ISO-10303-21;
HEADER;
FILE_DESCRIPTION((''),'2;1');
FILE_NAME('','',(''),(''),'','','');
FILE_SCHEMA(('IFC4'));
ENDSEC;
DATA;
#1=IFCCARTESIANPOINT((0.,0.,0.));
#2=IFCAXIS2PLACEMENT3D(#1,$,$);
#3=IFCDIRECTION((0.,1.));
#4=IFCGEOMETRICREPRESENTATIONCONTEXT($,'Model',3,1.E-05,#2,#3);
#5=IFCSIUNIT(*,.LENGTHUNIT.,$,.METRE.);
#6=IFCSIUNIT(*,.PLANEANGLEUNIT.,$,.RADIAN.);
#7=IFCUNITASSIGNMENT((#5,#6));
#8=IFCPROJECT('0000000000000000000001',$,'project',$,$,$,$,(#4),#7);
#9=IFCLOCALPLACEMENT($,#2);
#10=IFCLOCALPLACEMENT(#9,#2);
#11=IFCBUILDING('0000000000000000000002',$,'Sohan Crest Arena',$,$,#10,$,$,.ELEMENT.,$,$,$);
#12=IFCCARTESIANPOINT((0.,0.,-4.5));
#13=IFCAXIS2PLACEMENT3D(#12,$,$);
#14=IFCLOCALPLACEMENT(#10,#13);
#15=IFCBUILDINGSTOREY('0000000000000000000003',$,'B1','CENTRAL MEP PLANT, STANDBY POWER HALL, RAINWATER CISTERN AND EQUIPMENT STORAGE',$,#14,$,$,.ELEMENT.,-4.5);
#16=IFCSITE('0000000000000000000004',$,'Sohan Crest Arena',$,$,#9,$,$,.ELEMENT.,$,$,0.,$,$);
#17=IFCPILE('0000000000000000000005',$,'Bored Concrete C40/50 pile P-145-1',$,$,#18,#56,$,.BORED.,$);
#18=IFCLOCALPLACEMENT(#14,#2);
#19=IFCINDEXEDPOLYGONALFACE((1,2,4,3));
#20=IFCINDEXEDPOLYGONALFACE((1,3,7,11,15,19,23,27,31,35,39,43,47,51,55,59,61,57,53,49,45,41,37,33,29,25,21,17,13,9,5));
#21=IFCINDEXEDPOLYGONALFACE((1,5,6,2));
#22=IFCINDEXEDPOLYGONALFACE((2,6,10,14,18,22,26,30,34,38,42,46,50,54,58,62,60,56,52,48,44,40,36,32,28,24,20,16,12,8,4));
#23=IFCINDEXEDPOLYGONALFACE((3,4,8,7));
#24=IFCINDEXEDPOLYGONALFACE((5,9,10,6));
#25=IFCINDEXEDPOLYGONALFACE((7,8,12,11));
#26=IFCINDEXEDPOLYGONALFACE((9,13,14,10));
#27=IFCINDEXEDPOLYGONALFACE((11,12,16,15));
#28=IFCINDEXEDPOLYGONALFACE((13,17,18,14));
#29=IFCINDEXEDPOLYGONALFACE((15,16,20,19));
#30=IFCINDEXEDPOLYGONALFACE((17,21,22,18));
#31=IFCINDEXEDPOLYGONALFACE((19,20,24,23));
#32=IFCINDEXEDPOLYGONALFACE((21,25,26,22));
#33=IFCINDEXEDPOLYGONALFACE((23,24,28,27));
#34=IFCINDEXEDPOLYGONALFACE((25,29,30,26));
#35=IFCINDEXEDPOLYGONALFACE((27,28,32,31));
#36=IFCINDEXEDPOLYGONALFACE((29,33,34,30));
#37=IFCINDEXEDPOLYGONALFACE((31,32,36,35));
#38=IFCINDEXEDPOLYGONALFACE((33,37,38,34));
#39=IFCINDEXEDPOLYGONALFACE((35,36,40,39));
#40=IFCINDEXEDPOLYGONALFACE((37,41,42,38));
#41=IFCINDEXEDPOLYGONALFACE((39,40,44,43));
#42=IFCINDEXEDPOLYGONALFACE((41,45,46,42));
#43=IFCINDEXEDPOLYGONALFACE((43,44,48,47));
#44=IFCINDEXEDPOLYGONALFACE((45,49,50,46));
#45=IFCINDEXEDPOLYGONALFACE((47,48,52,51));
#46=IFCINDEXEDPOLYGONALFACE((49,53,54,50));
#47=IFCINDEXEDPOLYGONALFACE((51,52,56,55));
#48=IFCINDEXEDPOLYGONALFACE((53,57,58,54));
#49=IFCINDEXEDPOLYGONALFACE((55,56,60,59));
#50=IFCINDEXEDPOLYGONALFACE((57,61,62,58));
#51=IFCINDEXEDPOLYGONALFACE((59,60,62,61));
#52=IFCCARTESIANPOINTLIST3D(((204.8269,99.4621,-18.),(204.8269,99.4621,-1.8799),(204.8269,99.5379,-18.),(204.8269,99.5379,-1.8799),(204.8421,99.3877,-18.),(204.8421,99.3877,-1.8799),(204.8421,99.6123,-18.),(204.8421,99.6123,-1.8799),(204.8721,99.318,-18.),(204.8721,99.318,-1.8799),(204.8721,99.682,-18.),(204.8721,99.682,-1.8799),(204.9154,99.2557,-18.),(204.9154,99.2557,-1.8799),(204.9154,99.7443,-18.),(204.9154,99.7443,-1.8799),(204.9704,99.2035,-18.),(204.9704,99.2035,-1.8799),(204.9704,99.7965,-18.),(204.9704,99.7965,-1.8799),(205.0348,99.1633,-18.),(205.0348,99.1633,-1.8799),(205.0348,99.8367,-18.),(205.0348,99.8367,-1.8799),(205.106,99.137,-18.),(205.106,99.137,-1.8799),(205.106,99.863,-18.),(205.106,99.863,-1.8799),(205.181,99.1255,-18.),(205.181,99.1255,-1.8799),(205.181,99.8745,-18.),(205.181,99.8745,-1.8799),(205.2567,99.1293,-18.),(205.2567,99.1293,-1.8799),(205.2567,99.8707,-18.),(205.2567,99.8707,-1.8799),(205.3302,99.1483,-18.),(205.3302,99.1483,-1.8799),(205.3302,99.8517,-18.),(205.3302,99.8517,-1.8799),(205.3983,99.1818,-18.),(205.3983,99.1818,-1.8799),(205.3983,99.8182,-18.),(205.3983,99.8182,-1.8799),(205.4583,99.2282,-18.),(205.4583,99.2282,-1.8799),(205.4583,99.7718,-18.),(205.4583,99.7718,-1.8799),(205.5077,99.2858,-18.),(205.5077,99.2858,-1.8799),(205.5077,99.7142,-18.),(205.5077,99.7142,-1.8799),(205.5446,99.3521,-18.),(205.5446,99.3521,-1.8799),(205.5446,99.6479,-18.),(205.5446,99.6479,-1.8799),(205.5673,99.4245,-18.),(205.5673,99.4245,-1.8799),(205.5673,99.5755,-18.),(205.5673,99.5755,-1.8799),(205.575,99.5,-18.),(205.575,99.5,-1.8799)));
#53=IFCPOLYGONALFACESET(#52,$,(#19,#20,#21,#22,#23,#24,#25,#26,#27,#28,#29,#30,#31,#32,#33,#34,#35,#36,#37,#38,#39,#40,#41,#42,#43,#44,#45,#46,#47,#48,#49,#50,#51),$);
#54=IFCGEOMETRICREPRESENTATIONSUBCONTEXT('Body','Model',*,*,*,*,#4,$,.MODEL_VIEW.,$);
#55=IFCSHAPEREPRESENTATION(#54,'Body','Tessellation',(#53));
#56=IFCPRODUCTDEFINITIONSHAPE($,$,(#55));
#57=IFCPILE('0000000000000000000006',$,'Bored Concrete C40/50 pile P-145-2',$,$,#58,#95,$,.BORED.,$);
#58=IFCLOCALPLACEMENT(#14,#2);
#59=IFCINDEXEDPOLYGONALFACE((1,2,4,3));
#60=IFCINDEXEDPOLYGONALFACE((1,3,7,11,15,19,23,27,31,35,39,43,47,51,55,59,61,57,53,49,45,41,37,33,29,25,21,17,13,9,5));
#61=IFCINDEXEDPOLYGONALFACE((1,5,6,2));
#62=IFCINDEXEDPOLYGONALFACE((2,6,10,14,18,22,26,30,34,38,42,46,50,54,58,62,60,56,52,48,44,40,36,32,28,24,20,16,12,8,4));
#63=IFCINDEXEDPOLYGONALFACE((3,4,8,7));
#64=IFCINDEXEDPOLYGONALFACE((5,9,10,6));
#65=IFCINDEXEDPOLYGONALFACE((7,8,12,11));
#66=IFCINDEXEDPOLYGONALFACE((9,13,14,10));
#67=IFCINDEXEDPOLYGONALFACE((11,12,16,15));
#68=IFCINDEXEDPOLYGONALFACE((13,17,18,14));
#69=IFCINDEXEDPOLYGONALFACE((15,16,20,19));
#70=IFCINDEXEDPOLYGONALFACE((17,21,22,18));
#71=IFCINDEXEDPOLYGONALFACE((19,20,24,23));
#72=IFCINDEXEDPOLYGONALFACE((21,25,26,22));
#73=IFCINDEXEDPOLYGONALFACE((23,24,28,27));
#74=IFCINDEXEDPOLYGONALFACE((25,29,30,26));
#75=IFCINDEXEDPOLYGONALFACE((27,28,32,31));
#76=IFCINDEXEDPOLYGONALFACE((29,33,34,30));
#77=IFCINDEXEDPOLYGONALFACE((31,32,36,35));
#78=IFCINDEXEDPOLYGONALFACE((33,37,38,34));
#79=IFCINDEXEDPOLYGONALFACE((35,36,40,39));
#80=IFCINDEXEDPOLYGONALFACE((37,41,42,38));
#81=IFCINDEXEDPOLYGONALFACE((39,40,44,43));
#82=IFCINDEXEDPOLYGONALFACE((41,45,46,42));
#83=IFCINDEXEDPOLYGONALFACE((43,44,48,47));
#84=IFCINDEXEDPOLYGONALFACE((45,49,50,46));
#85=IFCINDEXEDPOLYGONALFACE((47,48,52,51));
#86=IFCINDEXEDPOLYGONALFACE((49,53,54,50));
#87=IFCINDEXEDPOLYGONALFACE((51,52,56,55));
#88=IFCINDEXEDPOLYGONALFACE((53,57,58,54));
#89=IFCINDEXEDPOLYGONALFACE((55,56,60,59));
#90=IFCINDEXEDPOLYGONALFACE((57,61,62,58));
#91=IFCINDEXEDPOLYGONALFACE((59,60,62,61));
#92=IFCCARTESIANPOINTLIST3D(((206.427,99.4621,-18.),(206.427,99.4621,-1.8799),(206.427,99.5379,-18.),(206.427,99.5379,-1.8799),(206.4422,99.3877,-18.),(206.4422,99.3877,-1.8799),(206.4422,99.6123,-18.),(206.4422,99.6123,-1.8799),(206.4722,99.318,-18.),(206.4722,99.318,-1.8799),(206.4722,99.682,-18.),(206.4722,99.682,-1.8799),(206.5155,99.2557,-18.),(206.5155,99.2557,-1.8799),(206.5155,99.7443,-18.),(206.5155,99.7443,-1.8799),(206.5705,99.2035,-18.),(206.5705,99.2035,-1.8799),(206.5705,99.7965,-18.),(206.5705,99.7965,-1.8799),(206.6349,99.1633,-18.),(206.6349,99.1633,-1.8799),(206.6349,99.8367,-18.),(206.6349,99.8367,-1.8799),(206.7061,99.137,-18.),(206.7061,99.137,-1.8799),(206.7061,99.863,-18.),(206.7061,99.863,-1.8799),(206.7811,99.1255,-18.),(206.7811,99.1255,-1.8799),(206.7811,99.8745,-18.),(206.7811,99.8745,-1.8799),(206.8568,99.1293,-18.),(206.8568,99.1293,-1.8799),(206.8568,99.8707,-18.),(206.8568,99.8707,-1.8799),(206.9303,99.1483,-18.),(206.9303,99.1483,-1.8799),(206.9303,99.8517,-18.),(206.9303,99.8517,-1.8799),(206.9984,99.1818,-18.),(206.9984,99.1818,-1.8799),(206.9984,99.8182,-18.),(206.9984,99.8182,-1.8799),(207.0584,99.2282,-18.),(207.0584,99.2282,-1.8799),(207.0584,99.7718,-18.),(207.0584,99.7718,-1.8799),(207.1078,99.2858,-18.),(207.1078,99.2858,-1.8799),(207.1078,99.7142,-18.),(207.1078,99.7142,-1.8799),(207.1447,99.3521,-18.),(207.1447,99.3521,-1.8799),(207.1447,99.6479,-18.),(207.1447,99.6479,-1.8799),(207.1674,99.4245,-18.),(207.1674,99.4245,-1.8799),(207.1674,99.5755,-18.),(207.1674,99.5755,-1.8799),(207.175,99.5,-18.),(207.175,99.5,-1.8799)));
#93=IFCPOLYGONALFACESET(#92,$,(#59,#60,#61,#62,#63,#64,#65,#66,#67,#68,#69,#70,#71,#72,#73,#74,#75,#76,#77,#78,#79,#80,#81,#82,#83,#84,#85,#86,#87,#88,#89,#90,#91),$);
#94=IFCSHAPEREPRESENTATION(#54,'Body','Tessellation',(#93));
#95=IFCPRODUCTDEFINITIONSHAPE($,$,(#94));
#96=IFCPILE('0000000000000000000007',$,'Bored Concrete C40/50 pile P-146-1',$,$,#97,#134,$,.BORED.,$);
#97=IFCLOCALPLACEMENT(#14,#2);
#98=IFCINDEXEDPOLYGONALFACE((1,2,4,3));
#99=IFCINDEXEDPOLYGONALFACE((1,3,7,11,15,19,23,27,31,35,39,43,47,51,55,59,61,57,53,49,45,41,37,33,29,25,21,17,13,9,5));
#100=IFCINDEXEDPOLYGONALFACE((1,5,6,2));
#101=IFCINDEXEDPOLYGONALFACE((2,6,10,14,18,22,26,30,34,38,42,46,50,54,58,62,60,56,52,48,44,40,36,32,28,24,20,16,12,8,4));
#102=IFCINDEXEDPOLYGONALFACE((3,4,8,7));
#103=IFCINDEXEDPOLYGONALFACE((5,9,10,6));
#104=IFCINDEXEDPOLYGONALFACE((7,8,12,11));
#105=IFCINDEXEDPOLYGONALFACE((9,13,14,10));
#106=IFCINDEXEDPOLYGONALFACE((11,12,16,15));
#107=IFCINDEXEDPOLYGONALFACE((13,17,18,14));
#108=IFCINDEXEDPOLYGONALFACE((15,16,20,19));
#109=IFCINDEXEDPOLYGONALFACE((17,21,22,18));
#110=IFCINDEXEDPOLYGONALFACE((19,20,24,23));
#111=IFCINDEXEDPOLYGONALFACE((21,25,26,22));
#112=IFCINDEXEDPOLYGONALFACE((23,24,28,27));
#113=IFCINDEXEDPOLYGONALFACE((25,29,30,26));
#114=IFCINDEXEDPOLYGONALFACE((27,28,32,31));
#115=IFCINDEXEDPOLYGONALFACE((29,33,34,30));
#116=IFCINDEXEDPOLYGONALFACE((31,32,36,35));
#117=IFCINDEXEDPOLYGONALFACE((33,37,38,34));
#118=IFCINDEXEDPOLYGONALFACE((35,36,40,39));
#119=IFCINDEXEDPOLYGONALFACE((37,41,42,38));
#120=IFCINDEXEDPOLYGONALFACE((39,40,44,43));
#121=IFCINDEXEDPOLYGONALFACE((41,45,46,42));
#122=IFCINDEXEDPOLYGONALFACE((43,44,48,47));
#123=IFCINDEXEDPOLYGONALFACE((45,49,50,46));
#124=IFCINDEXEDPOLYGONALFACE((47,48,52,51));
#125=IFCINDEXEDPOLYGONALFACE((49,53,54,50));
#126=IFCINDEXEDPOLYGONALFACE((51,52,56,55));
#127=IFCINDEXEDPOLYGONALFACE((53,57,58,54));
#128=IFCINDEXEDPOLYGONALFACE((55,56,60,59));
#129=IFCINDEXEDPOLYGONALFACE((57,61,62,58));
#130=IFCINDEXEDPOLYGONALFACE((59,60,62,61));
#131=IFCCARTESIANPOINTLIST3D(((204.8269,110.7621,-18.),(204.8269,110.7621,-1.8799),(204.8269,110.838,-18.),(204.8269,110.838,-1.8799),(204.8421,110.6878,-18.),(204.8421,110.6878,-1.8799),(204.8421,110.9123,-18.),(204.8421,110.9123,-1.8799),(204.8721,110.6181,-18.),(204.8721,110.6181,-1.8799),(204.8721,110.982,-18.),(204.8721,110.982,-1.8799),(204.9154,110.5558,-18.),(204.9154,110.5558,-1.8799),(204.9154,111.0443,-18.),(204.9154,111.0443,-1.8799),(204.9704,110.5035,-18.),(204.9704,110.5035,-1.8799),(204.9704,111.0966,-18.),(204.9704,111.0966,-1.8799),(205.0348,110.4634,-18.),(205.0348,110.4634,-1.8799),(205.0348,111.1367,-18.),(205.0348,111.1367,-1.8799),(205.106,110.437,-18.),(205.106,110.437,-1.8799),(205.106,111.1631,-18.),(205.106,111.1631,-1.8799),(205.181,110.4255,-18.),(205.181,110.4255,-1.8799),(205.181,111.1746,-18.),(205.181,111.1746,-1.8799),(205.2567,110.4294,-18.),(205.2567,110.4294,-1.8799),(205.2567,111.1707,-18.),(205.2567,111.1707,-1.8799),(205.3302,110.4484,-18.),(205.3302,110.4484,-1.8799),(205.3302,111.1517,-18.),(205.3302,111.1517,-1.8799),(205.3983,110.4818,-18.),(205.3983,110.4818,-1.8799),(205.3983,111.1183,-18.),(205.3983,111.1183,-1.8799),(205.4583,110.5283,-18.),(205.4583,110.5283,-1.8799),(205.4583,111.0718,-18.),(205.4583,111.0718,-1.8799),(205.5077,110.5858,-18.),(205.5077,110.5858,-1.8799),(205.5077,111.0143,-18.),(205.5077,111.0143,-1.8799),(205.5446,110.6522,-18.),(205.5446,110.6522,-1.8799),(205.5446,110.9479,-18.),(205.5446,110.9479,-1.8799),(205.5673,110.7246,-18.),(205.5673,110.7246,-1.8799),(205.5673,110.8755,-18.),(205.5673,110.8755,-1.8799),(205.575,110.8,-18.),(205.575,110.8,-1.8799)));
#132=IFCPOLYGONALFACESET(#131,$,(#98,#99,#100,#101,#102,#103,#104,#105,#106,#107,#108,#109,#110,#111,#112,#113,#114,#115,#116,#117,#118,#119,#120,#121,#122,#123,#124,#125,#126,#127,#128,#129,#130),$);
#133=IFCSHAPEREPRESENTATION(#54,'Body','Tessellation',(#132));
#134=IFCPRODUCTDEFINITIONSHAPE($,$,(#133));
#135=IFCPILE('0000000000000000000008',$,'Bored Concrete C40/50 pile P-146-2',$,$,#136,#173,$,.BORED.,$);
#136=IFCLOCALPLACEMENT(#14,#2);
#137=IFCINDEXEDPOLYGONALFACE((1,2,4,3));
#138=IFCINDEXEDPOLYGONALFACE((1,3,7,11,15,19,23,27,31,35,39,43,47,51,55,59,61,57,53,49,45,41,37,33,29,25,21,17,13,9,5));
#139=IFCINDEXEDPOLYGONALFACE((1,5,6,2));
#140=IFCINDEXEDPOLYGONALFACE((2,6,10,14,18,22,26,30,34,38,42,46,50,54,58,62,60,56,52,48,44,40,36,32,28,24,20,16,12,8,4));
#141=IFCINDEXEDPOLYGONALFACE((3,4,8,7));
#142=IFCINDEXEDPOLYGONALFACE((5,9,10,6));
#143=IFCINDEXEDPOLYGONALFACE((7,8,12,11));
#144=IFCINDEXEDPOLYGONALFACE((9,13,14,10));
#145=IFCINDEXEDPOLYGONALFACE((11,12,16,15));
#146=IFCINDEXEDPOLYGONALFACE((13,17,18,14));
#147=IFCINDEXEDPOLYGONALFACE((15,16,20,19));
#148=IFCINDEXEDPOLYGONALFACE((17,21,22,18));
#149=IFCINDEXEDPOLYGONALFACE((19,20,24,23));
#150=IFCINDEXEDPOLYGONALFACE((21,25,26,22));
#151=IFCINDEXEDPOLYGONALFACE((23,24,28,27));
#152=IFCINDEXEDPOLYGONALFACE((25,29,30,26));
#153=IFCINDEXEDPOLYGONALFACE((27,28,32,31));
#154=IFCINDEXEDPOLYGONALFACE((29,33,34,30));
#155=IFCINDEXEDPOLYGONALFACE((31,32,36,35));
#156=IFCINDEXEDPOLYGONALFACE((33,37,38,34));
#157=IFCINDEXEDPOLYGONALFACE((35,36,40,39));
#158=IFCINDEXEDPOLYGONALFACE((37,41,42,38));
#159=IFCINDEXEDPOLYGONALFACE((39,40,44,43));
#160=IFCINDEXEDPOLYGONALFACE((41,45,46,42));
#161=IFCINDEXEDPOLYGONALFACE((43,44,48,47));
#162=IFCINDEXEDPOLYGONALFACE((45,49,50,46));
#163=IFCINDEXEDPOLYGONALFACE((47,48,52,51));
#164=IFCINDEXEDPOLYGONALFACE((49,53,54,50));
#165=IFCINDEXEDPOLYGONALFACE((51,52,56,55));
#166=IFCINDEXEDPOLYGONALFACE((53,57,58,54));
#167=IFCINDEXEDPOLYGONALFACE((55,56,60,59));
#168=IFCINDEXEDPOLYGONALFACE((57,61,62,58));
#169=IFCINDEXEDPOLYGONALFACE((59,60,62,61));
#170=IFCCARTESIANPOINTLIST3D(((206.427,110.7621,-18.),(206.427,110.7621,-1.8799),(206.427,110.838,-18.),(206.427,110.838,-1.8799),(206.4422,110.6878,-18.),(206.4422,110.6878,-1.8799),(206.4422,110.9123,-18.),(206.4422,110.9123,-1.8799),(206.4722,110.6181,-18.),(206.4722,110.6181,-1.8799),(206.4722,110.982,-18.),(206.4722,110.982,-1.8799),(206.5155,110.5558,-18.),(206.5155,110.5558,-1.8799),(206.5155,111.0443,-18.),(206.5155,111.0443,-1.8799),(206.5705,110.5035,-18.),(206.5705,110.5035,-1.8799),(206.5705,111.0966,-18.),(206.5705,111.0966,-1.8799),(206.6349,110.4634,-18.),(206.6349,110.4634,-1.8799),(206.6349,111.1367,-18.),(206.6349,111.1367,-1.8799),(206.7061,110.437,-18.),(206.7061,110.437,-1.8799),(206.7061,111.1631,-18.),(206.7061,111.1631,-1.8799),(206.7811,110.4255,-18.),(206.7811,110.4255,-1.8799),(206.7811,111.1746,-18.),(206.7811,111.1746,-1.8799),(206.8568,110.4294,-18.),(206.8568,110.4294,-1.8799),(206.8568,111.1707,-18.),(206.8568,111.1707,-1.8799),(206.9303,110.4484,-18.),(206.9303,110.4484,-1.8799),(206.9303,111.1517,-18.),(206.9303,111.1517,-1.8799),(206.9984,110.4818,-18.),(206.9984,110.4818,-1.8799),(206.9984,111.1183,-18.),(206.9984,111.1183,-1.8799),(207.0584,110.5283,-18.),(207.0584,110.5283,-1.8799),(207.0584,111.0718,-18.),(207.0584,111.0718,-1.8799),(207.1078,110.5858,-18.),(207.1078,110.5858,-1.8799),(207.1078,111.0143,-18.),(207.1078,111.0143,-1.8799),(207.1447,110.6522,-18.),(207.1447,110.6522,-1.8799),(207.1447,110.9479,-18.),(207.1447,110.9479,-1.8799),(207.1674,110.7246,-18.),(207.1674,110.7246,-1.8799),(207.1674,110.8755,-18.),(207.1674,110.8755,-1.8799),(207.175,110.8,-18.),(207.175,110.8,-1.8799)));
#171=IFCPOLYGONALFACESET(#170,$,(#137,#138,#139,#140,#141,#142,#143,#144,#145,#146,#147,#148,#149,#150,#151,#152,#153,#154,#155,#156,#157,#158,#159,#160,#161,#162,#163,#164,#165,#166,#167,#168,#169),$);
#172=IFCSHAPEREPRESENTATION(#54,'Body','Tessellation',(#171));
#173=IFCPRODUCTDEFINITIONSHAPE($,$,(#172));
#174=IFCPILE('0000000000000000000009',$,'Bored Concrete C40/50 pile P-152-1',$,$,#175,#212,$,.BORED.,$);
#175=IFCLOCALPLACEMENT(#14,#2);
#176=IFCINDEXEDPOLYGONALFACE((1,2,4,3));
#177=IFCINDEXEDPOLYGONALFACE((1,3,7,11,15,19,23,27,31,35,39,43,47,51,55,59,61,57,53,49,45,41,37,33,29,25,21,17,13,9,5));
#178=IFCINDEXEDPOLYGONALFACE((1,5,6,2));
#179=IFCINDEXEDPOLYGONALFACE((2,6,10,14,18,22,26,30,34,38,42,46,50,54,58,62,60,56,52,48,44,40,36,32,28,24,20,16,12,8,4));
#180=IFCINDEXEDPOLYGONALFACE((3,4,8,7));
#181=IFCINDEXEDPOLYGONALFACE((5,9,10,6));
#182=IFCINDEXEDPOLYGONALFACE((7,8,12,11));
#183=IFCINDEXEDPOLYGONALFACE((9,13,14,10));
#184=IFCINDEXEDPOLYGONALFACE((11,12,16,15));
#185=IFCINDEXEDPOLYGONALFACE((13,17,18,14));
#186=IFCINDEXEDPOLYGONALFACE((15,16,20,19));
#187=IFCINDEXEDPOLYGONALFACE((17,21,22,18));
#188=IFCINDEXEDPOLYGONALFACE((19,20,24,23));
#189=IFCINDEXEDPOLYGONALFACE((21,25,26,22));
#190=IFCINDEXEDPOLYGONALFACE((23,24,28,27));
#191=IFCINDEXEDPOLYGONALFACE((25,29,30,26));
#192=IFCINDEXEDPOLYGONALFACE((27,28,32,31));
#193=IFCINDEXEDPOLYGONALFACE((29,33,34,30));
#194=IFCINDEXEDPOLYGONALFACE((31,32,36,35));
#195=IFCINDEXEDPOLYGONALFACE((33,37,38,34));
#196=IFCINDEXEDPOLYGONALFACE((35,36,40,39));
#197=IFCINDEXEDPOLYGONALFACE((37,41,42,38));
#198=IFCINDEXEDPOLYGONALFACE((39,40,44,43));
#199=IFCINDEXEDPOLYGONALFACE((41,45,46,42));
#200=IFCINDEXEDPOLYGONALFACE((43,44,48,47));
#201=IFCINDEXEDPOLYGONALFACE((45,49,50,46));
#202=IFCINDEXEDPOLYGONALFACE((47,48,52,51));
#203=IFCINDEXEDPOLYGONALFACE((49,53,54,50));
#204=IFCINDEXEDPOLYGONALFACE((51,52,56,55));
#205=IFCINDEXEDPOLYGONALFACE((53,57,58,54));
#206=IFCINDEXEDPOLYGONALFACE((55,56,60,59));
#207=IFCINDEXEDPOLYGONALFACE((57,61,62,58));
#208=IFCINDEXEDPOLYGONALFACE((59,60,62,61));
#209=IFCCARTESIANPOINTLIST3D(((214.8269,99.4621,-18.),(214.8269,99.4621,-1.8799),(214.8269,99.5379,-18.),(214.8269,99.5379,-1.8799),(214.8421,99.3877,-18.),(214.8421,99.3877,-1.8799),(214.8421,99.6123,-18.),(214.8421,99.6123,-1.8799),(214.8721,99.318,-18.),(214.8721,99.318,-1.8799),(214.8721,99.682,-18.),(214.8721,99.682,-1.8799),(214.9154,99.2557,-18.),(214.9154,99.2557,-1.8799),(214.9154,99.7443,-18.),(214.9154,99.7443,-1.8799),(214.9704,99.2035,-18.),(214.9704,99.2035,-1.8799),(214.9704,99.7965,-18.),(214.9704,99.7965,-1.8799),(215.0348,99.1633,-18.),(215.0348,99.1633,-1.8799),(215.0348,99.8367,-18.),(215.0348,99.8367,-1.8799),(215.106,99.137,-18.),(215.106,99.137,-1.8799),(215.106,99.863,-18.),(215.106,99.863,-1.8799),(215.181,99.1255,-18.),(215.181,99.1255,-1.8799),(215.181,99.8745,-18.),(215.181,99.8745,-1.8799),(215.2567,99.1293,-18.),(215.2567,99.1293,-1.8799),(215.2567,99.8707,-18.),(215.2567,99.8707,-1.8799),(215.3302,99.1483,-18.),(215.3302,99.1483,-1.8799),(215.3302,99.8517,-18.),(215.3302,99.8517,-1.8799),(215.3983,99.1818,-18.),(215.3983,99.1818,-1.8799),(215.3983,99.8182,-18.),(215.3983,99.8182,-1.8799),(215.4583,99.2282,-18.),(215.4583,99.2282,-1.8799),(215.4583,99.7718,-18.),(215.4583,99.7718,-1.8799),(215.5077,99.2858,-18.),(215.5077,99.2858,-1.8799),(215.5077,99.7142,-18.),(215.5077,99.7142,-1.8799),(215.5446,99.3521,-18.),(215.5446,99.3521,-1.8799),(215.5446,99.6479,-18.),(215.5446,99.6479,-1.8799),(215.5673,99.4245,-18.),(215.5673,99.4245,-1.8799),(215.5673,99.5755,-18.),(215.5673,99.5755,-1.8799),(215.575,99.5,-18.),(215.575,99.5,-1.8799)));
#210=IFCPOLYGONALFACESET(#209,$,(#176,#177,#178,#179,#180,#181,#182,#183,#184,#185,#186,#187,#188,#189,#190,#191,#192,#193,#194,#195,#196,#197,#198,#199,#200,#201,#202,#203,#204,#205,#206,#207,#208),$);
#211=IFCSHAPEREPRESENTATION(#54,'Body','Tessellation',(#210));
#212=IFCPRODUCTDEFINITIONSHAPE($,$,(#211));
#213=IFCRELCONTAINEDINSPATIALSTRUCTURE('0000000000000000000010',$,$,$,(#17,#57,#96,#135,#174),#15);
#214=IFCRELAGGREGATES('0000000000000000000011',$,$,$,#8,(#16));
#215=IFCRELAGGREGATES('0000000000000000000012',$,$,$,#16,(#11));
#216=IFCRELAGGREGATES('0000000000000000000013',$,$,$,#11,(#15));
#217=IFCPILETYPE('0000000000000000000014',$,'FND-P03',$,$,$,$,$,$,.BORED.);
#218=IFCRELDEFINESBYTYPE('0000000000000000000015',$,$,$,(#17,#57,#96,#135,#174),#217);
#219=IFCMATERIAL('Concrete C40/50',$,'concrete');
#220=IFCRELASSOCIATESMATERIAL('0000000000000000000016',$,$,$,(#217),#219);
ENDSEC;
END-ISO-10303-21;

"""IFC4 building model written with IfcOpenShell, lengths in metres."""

from ifc_helpers import new_model, si_unit, direction, frame, origin, origin_2d, place, context, subcontext, project, spatial, circle, extrude, material, material_profile, profile_set, type_object, element, save


model = new_model("IFC4")

# Units and contexts
model_context = context("Model", 3, precision=1e-05, world=origin(), true_north=direction((0.0, 1.0)))
body_context = subcontext(model_context, "Body", "Model", "MODEL_VIEW")
ifc_project = project(units=[si_unit("LENGTHUNIT", "METRE"), si_unit("PLANEANGLEUNIT", "RADIAN")], contexts=[model_context])

# Site, building, storey
site_placement = place(None, origin())
site = spatial("IfcSite", under=ifc_project, at=site_placement, Name="Sohan Crest Arena", CompositionType="ELEMENT", RefElevation=0.0)
building_placement = place(site_placement, origin())
building = spatial("IfcBuilding", under=site, at=building_placement, Name="Sohan Crest Arena", CompositionType="ELEMENT")
storey_placement = place(building_placement, frame((0.0, 0.0, -4.5)))
storey = spatial("IfcBuildingStorey", under=building, at=storey_placement, Name="B1", Description="CENTRAL MEP PLANT, STANDBY POWER HALL, RAINWATER CISTERN AND EQUIPMENT STORAGE", CompositionType="ELEMENT", Elevation=-4.5)

# Shared definitions
ifc_material_1 = material(Name="Concrete C40/50", Category="concrete")

# Piles
ifc_material_profile_1 = material_profile(ifc_material_1, circle(Radius=0.375, at=origin_2d()), Name="PILE D750")
ifc_profile_set_1 = profile_set([ifc_material_profile_1], Name="Concrete C40/50")
pile_type = type_object("IfcPileType", Name="FND-P03", PredefinedType="BORED", material=ifc_profile_set_1)
for number, where, z_axis, x_axis, name in (
    (1, (205.2, 99.5, -18.0), (0.0, 0.0, 1.0), (1.0, 0.0, 0.0), "Bored Concrete C40/50 pile P-145-1"),
    (2, (206.8, 99.5, -18.0), (0.0, 0.0, 1.0), (1.0, 0.0, 0.0), "Bored Concrete C40/50 pile P-145-2"),
    (3, (205.2, 110.8, -18.0), (0.0, 0.0, 1.0), (1.0, 0.0, 0.0), "Bored Concrete C40/50 pile P-146-1"),
    (4, (206.8, 110.8, -18.0), (0.0, 0.0, 1.0), (1.0, 0.0, 0.0), "Bored Concrete C40/50 pile P-146-2"),
    (5, (215.2, 99.5, -18.0), (0.0, 0.0, 1.0), (1.0, 0.0, 0.0), "Bored Concrete C40/50 pile P-152-1"),
):
    element("IfcPile", number, at=place(storey_placement, frame(where, z_axis=z_axis, x_axis=x_axis)), inside=storey, type_object=pile_type, Name=name, PredefinedType="BORED", context=body_context, shape_type="SweptSolid", body=[
        extrude(circle(Radius=0.375, at=origin_2d()), origin(), (0.0, 0.0, 1.0), 16.1201),
    ])

save(model, "model.ifc")
